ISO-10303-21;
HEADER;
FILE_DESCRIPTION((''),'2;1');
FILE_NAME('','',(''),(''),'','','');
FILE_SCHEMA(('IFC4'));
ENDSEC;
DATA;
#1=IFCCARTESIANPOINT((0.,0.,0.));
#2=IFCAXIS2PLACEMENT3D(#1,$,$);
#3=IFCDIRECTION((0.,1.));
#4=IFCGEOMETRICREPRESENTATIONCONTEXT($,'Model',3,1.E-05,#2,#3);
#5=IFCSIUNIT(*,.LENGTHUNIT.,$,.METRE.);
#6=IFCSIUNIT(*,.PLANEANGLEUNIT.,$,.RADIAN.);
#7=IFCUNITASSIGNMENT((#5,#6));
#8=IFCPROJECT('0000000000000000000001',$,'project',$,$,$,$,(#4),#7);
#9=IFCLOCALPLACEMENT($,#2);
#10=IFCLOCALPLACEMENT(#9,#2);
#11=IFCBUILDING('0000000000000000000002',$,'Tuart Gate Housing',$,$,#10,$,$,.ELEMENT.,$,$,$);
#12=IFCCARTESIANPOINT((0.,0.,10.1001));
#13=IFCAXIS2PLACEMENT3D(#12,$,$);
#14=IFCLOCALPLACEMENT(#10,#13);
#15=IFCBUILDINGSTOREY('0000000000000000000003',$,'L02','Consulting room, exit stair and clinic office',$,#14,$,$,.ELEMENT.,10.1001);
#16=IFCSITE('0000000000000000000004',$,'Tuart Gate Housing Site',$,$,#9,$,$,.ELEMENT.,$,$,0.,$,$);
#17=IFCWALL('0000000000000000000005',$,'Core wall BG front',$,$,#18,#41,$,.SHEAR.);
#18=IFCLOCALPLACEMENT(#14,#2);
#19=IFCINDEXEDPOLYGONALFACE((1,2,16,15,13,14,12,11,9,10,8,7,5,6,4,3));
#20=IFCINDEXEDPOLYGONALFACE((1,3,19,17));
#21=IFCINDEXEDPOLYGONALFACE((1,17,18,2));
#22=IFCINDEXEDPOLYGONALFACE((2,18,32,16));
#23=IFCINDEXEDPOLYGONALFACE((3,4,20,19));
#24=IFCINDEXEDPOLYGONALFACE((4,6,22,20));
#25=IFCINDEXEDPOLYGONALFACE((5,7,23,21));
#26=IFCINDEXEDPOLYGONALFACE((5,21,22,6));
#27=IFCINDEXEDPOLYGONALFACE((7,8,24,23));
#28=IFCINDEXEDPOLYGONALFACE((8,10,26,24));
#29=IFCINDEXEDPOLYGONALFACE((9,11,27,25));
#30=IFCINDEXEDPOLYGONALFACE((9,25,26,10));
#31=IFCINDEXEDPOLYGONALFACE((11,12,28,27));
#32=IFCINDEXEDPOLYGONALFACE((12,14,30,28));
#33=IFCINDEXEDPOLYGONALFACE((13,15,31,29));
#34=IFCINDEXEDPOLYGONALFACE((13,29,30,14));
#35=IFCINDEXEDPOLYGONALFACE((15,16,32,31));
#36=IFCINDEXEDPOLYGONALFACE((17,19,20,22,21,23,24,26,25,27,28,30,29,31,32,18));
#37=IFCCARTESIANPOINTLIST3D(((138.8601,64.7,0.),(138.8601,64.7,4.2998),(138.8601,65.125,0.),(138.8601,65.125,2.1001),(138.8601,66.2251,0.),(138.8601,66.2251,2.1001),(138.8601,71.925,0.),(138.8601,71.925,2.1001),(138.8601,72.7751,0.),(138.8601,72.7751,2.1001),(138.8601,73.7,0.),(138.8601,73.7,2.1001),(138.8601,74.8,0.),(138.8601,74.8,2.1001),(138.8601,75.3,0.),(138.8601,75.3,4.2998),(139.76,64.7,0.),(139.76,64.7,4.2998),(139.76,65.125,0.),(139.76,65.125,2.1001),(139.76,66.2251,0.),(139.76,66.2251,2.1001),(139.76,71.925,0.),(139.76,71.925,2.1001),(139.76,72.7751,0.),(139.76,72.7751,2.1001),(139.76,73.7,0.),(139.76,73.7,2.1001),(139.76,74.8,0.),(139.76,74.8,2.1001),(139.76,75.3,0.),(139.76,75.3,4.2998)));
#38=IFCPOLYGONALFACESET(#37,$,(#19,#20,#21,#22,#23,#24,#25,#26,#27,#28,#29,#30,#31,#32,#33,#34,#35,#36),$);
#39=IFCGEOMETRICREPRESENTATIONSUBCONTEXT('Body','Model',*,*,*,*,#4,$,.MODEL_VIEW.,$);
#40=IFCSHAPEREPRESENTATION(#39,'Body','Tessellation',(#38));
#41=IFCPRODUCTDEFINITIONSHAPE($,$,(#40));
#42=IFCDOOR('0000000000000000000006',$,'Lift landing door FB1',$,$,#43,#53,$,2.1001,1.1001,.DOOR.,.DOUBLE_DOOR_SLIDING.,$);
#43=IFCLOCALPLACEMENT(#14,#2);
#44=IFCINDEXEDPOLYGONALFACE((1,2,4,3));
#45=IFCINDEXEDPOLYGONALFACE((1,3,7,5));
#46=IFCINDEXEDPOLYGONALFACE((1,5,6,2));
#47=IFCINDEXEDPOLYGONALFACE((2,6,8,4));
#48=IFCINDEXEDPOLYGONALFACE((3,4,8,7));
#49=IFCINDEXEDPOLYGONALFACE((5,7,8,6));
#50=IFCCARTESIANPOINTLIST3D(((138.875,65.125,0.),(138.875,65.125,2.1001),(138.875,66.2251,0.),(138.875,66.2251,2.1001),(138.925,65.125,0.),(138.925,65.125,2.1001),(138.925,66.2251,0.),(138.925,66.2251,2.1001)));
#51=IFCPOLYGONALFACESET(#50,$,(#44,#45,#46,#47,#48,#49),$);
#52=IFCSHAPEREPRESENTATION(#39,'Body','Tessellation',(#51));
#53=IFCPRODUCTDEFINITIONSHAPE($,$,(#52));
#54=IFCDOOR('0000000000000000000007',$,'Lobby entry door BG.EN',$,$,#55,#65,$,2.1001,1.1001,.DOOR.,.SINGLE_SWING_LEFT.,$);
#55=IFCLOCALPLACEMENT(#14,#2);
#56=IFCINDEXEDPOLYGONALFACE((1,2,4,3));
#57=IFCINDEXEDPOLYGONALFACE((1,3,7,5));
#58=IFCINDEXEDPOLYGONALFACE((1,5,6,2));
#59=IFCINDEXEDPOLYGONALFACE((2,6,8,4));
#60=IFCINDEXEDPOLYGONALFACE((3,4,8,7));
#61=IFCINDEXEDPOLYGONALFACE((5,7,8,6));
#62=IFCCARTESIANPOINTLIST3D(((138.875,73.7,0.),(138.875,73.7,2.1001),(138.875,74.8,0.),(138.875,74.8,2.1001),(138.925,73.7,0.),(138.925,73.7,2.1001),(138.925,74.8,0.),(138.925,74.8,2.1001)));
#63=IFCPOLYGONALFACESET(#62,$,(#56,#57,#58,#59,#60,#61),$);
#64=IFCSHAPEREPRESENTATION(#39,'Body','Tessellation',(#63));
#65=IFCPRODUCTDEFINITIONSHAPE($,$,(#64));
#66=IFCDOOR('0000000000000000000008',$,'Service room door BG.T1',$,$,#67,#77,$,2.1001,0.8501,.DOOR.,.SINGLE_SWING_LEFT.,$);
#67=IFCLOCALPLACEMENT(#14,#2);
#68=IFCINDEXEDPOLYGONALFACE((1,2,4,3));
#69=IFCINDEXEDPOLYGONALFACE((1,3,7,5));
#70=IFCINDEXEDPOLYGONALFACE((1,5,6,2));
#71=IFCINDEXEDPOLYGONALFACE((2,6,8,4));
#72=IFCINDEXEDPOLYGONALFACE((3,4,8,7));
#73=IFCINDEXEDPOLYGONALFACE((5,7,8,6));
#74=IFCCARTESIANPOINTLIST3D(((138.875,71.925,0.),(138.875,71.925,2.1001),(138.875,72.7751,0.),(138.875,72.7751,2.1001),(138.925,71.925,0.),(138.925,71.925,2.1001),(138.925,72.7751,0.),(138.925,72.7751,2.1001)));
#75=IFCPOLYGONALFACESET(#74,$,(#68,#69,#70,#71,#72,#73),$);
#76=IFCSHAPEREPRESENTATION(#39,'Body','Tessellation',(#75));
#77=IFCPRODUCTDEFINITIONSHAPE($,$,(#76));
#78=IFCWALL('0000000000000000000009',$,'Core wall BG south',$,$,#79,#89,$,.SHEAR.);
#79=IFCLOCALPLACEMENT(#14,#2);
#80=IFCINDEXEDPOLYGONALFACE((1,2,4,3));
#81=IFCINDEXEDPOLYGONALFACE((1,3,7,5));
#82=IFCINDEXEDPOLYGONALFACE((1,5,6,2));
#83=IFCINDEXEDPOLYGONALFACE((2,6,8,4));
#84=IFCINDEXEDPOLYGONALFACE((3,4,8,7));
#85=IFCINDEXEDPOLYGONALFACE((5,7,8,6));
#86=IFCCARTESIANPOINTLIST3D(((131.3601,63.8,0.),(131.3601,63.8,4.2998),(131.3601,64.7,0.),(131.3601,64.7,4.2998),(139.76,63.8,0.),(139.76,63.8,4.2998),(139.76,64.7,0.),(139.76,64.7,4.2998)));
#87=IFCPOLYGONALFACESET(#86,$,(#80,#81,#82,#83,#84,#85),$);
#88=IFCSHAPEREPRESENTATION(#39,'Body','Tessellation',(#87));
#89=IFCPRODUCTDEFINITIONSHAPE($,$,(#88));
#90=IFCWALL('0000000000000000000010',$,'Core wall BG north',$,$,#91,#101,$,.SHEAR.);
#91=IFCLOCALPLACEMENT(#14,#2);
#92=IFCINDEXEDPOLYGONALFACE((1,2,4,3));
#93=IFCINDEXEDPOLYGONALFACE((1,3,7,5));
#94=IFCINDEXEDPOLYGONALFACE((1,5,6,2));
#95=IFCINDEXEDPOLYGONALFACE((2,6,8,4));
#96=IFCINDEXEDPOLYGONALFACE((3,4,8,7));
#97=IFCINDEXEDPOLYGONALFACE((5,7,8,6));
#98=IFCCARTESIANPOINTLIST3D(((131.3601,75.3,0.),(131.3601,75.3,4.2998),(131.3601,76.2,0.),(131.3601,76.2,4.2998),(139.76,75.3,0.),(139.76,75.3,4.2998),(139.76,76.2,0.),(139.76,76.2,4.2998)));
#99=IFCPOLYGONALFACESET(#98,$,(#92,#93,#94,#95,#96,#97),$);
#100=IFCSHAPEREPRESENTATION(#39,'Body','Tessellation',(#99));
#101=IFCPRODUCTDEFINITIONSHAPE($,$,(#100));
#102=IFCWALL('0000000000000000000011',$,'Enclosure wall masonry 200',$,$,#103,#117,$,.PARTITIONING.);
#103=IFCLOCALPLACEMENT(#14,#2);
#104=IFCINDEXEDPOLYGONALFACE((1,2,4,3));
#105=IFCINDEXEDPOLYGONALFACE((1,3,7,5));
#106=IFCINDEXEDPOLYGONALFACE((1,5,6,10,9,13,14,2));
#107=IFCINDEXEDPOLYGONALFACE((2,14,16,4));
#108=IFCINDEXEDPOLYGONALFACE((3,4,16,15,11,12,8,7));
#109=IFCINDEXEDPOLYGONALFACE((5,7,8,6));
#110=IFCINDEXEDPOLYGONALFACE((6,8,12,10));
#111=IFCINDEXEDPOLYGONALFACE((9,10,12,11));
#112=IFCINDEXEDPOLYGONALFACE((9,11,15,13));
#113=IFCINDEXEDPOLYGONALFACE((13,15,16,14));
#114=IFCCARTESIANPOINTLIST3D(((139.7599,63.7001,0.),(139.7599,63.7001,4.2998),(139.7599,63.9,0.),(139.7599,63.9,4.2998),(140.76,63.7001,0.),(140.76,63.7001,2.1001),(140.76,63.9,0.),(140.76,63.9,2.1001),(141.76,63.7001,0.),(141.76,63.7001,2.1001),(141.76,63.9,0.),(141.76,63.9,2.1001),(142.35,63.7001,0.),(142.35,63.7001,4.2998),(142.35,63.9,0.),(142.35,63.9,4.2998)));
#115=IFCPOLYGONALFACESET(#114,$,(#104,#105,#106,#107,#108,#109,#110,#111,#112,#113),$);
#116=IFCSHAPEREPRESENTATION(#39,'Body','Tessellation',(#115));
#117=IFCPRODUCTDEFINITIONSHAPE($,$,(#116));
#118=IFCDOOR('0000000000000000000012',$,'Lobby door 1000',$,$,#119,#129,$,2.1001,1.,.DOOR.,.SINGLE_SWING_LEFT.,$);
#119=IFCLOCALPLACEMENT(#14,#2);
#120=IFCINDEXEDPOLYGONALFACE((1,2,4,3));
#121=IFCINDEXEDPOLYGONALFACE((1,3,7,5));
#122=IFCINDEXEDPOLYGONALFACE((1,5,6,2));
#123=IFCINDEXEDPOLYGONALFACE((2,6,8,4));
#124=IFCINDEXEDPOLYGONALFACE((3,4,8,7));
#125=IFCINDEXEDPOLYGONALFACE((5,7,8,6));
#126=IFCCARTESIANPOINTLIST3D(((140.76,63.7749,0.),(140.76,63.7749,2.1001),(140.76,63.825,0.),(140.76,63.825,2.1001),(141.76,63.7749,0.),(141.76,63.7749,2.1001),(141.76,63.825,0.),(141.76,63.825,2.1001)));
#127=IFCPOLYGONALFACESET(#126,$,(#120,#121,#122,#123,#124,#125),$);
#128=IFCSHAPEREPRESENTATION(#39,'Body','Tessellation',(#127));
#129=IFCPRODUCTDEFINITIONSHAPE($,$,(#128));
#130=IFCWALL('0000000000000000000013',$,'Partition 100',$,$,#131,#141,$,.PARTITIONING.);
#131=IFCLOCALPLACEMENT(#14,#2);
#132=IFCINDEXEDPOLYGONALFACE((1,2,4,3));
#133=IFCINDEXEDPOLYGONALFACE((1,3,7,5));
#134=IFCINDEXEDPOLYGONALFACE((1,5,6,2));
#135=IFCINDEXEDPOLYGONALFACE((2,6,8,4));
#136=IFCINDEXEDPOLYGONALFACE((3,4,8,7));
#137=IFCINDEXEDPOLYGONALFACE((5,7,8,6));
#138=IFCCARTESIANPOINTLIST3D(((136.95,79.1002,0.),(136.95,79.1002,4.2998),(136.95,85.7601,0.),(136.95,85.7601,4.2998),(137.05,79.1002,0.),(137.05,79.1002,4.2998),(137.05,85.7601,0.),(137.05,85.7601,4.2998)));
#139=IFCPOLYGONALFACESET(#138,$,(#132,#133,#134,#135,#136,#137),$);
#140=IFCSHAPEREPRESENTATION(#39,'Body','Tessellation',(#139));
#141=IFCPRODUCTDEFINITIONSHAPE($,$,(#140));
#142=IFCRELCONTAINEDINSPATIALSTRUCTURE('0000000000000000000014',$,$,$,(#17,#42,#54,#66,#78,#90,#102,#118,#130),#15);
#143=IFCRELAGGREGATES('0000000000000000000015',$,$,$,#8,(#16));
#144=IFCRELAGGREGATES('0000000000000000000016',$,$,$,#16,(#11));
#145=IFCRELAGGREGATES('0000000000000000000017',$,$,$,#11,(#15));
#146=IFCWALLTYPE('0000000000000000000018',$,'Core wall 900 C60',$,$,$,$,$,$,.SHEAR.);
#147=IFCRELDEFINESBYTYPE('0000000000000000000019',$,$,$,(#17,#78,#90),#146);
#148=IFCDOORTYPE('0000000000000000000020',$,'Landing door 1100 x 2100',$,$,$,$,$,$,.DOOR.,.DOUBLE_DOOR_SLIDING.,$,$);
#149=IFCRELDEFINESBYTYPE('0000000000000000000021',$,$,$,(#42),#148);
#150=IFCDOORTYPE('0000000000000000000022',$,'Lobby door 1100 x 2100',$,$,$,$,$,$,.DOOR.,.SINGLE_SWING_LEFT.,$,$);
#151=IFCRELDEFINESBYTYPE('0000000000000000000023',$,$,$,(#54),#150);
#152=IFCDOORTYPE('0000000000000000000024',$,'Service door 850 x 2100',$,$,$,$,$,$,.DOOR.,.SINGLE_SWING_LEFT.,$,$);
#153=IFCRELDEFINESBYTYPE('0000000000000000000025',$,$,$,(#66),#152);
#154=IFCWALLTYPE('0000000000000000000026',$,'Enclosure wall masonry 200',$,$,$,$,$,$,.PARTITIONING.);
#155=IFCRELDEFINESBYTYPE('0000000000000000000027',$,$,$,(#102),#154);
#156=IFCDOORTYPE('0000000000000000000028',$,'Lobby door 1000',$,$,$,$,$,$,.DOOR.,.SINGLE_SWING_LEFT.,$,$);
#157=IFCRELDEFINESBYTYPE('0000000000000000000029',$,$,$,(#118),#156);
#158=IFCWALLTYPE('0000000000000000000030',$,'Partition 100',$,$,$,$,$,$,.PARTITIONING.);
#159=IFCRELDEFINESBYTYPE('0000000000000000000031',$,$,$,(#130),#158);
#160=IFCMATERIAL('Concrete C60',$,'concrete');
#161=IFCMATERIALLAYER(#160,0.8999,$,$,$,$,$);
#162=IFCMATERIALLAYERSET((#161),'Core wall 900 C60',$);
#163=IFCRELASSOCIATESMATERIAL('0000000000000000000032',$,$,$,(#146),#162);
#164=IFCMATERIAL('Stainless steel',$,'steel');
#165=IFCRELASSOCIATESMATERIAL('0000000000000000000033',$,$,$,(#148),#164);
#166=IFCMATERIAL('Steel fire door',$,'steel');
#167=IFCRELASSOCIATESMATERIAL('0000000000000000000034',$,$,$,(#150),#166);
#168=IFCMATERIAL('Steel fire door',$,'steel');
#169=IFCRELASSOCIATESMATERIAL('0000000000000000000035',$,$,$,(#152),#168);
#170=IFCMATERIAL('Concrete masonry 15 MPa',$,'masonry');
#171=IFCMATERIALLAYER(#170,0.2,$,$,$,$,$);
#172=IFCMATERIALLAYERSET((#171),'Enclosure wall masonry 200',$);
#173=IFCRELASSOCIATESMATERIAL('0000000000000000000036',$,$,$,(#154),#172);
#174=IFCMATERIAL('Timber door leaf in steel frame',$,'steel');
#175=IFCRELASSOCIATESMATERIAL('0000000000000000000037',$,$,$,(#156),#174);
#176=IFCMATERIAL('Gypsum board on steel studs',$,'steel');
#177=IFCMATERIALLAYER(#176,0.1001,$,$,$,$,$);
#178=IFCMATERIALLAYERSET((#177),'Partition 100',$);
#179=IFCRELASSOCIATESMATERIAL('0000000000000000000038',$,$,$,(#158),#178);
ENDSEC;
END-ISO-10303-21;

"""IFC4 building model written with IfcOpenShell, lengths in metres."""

from ifc_helpers import new_model, si_unit, direction, frame, frame_2d, origin, place, context, subcontext, project, spatial, rectangle, extrude, material, layer, layer_set, type_object, element, fill, save


model = new_model("IFC4")

# Units and contexts
model_context = context("Model", 3, precision=1e-05, world=origin(), true_north=direction((0.0, 1.0)))
body_context = subcontext(model_context, "Body", "Model", "MODEL_VIEW")
ifc_project = project(units=[si_unit("LENGTHUNIT", "METRE"), si_unit("PLANEANGLEUNIT", "RADIAN")], contexts=[model_context])

# Site, building, storey
site_placement = place(None, origin())
site = spatial("IfcSite", under=ifc_project, at=site_placement, Name="Tuart Gate Housing Site", CompositionType="ELEMENT", RefElevation=0.0)
building_placement = place(site_placement, origin())
building = spatial("IfcBuilding", under=site, at=building_placement, Name="Tuart Gate Housing", CompositionType="ELEMENT")
storey_placement = place(building_placement, frame((0.0, 0.0, 10.1001)))
storey = spatial("IfcBuildingStorey", under=building, at=storey_placement, Name="L02", Description="Consulting room, exit stair and clinic office", CompositionType="ELEMENT", Elevation=10.1001)

# Wall, openings, doors
ifc_material_1 = material(Name="Concrete C60", Category="concrete")
ifc_layer_1 = layer(ifc_material_1, 0.8999)
ifc_layer_set_1 = layer_set([ifc_layer_1], Name="Core wall 900 C60")
wall_type_1 = type_object("IfcWallType", Name="Core wall 900 C60", PredefinedType="SHEAR", material=ifc_layer_set_1)
wall_1_placement = place(storey_placement, frame((139.3101, 64.7, 0.0), z_axis=(0.0, 0.0, 1.0), x_axis=(0.0, 1.0, 0.0)))
wall_1 = element("IfcWall", 1, at=wall_1_placement, inside=storey, type_object=wall_type_1, Name="Core wall BG front", PredefinedType="SHEAR", context=body_context, shape_type="SweptSolid", body=[
    extrude(rectangle(XDim=10.6001, YDim=0.8999, at=frame_2d((5.3, 0.0))), origin(), (0.0, 0.0, 1.0), 4.2998),
])
opening_1_placement = place(wall_1_placement, frame((0.425, 0.0, 0.0)))
opening_1 = element("IfcOpeningElement", 2, at=opening_1_placement, cuts=wall_1, PredefinedType="OPENING", context=body_context, shape_type="SweptSolid", body=[
    extrude(rectangle(XDim=1.1001, YDim=2.1001, at=frame_2d((0.55, 1.05))), frame((0.0, 0.46, 0.0), z_axis=(0.0, -1.0, 0.0), x_axis=(1.0, 0.0, 0.0)), (0.0, 0.0, 1.0), 0.9199),
])
opening_2_placement = place(wall_1_placement, frame((9.0, 0.0, 0.0)))
opening_2 = element("IfcOpeningElement", 3, at=opening_2_placement, cuts=wall_1, PredefinedType="OPENING", context=body_context, shape_type="SweptSolid", body=[
    extrude(rectangle(XDim=1.1001, YDim=2.1001, at=frame_2d((0.55, 1.05))), frame((0.0, 0.46, 0.0), z_axis=(0.0, -1.0, 0.0), x_axis=(1.0, 0.0, 0.0)), (0.0, 0.0, 1.0), 0.9199),
])
opening_3_placement = place(wall_1_placement, frame((7.2251, 0.0, 0.0)))
opening_3 = element("IfcOpeningElement", 4, at=opening_3_placement, cuts=wall_1, PredefinedType="OPENING", context=body_context, shape_type="SweptSolid", body=[
    extrude(rectangle(XDim=0.8501, YDim=2.1001, at=frame_2d((0.425, 1.05))), frame((0.0, 0.46, 0.0), z_axis=(0.0, -1.0, 0.0), x_axis=(1.0, 0.0, 0.0)), (0.0, 0.0, 1.0), 0.9199),
])
ifc_material_2 = material(Name="Stainless steel", Category="steel")
door_type_1 = type_object("IfcDoorType", Name="Landing door 1100 x 2100", OperationType="DOUBLE_DOOR_SLIDING", PredefinedType="DOOR", material=ifc_material_2)
door_1_placement = place(opening_1_placement, origin())
door_1 = element("IfcDoor", 5, at=door_1_placement, inside=storey, type_object=door_type_1, Name="Lift landing door FB1", OperationType="DOUBLE_DOOR_SLIDING", OverallHeight=2.1001, OverallWidth=1.1001, PredefinedType="DOOR", context=body_context, shape_type="SweptSolid", body=[
    extrude(rectangle(XDim=1.1001, YDim=2.1001, at=frame_2d((0.55, 1.05))), frame((0.0, 0.4351, 0.0), z_axis=(0.0, -1.0, 0.0), x_axis=(1.0, 0.0, 0.0)), (0.0, 0.0, 1.0), 0.05),
])
fill(opening_1, door_1)
ifc_material_3 = material(Name="Steel fire door", Category="steel")
door_type_2 = type_object("IfcDoorType", Name="Lobby door 1100 x 2100", OperationType="SINGLE_SWING_LEFT", PredefinedType="DOOR", material=ifc_material_3)
door_2_placement = place(opening_2_placement, origin())
door_2 = element("IfcDoor", 6, at=door_2_placement, inside=storey, type_object=door_type_2, Name="Lobby entry door BG.EN", OperationType="SINGLE_SWING_LEFT", OverallHeight=2.1001, OverallWidth=1.1001, PredefinedType="DOOR", context=body_context, shape_type="SweptSolid", body=[
    extrude(rectangle(XDim=1.1001, YDim=2.1001, at=frame_2d((0.55, 1.05))), frame((0.0, 0.4351, 0.0), z_axis=(0.0, -1.0, 0.0), x_axis=(1.0, 0.0, 0.0)), (0.0, 0.0, 1.0), 0.05),
])
fill(opening_2, door_2)
ifc_material_4 = material(Name="Steel fire door", Category="steel")
door_type_3 = type_object("IfcDoorType", Name="Service door 850 x 2100", OperationType="SINGLE_SWING_LEFT", PredefinedType="DOOR", material=ifc_material_4)
door_3_placement = place(opening_3_placement, origin())
door_3 = element("IfcDoor", 7, at=door_3_placement, inside=storey, type_object=door_type_3, Name="Service room door BG.T1", OperationType="SINGLE_SWING_LEFT", OverallHeight=2.1001, OverallWidth=0.8501, PredefinedType="DOOR", context=body_context, shape_type="SweptSolid", body=[
    extrude(rectangle(XDim=0.8501, YDim=2.1001, at=frame_2d((0.425, 1.05))), frame((0.0, 0.4351, 0.0), z_axis=(0.0, -1.0, 0.0), x_axis=(1.0, 0.0, 0.0)), (0.0, 0.0, 1.0), 0.05),
])
fill(opening_3, door_3)

# Walls
for number, where, z_axis, x_axis, name in (
    (8, (139.76, 64.25, 0.0), (0.0, 0.0, 1.0), (-1.0, 0.0, 0.0), "Core wall BG south"),
    (9, (139.76, 75.75, 0.0), (0.0, 0.0, 1.0), (-1.0, 0.0, 0.0), "Core wall BG north"),
):
    element("IfcWall", number, at=place(storey_placement, frame(where, z_axis=z_axis, x_axis=x_axis)), inside=storey, type_object=wall_type_1, Name=name, PredefinedType="SHEAR", context=body_context, shape_type="SweptSolid", body=[
        extrude(rectangle(XDim=8.3999, YDim=0.8999, at=frame_2d((4.2, 0.0))), origin(), (0.0, 0.0, 1.0), 4.2998),
    ])

# Wall, opening, door
ifc_material_5 = material(Name="Concrete masonry 15 MPa", Category="masonry")
ifc_layer_2 = layer(ifc_material_5, 0.2)
ifc_layer_set_2 = layer_set([ifc_layer_2], Name="Enclosure wall masonry 200")
wall_type_2 = type_object("IfcWallType", Name="Enclosure wall masonry 200", PredefinedType="PARTITIONING", material=ifc_layer_set_2)
wall_2_placement = place(storey_placement, frame((139.76, 63.8, 0.0), z_axis=(0.0, 0.0, 1.0), x_axis=(1.0, 0.0, 0.0)))
wall_2 = element("IfcWall", 10, at=wall_2_placement, inside=storey, type_object=wall_type_2, Name="Enclosure wall masonry 200", PredefinedType="PARTITIONING", context=body_context, shape_type="SweptSolid", body=[
    extrude(rectangle(XDim=2.5901, YDim=0.2, at=frame_2d((1.2949, 0.0))), origin(), (0.0, 0.0, 1.0), 4.2998),
])
opening_4_placement = place(wall_2_placement, frame((1.0, 0.0, 0.0)))
opening_4 = element("IfcOpeningElement", 11, at=opening_4_placement, cuts=wall_2, PredefinedType="OPENING", context=body_context, shape_type="SweptSolid", body=[
    extrude(rectangle(XDim=1.0, YDim=2.1001, at=frame_2d((0.5, 1.05))), frame((0.0, 0.1099, 0.0), z_axis=(0.0, -1.0, 0.0), x_axis=(1.0, 0.0, 0.0)), (0.0, 0.0, 1.0), 0.22),
])
ifc_material_6 = material(Name="Timber door leaf in steel frame", Category="steel")
door_type_4 = type_object("IfcDoorType", Name="Lobby door 1000", OperationType="SINGLE_SWING_LEFT", PredefinedType="DOOR", material=ifc_material_6)
door_4_placement = place(opening_4_placement, frame((1.0, 0.0, 0.0), z_axis=(0.0, 0.0, 1.0), x_axis=(-1.0, 0.0, 0.0)))
door_4 = element("IfcDoor", 12, at=door_4_placement, inside=storey, type_object=door_type_4, Name="Lobby door 1000", OperationType="SINGLE_SWING_LEFT", OverallHeight=2.1001, OverallWidth=1.0, PredefinedType="DOOR", context=body_context, shape_type="SweptSolid", body=[
    extrude(rectangle(XDim=1.0, YDim=2.1001, at=frame_2d((0.5, 1.05))), frame((0.0, 0.0251, 0.0), z_axis=(0.0, -1.0, 0.0), x_axis=(1.0, 0.0, 0.0)), (0.0, 0.0, 1.0), 0.05),
])
fill(opening_4, door_4)

# Wall
ifc_material_7 = material(Name="Gypsum board on steel studs", Category="steel")
ifc_layer_3 = layer(ifc_material_7, 0.1001)
ifc_layer_set_3 = layer_set([ifc_layer_3], Name="Partition 100")
wall_type_3 = type_object("IfcWallType", Name="Partition 100", PredefinedType="PARTITIONING", material=ifc_layer_set_3)
wall_3_placement = place(storey_placement, frame((137.0, 79.1001, 0.0), z_axis=(0.0, 0.0, 1.0), x_axis=(0.0, 1.0, 0.0)))
element("IfcWall", 13, at=wall_3_placement, inside=storey, type_object=wall_type_3, Name="Partition 100", PredefinedType="PARTITIONING", context=body_context, shape_type="SweptSolid", body=[
    extrude(rectangle(XDim=6.6599, YDim=0.1001, at=frame_2d((3.3301, 0.0))), origin(), (0.0, 0.0, 1.0), 4.2998),
])

save(model, "model.ifc")
